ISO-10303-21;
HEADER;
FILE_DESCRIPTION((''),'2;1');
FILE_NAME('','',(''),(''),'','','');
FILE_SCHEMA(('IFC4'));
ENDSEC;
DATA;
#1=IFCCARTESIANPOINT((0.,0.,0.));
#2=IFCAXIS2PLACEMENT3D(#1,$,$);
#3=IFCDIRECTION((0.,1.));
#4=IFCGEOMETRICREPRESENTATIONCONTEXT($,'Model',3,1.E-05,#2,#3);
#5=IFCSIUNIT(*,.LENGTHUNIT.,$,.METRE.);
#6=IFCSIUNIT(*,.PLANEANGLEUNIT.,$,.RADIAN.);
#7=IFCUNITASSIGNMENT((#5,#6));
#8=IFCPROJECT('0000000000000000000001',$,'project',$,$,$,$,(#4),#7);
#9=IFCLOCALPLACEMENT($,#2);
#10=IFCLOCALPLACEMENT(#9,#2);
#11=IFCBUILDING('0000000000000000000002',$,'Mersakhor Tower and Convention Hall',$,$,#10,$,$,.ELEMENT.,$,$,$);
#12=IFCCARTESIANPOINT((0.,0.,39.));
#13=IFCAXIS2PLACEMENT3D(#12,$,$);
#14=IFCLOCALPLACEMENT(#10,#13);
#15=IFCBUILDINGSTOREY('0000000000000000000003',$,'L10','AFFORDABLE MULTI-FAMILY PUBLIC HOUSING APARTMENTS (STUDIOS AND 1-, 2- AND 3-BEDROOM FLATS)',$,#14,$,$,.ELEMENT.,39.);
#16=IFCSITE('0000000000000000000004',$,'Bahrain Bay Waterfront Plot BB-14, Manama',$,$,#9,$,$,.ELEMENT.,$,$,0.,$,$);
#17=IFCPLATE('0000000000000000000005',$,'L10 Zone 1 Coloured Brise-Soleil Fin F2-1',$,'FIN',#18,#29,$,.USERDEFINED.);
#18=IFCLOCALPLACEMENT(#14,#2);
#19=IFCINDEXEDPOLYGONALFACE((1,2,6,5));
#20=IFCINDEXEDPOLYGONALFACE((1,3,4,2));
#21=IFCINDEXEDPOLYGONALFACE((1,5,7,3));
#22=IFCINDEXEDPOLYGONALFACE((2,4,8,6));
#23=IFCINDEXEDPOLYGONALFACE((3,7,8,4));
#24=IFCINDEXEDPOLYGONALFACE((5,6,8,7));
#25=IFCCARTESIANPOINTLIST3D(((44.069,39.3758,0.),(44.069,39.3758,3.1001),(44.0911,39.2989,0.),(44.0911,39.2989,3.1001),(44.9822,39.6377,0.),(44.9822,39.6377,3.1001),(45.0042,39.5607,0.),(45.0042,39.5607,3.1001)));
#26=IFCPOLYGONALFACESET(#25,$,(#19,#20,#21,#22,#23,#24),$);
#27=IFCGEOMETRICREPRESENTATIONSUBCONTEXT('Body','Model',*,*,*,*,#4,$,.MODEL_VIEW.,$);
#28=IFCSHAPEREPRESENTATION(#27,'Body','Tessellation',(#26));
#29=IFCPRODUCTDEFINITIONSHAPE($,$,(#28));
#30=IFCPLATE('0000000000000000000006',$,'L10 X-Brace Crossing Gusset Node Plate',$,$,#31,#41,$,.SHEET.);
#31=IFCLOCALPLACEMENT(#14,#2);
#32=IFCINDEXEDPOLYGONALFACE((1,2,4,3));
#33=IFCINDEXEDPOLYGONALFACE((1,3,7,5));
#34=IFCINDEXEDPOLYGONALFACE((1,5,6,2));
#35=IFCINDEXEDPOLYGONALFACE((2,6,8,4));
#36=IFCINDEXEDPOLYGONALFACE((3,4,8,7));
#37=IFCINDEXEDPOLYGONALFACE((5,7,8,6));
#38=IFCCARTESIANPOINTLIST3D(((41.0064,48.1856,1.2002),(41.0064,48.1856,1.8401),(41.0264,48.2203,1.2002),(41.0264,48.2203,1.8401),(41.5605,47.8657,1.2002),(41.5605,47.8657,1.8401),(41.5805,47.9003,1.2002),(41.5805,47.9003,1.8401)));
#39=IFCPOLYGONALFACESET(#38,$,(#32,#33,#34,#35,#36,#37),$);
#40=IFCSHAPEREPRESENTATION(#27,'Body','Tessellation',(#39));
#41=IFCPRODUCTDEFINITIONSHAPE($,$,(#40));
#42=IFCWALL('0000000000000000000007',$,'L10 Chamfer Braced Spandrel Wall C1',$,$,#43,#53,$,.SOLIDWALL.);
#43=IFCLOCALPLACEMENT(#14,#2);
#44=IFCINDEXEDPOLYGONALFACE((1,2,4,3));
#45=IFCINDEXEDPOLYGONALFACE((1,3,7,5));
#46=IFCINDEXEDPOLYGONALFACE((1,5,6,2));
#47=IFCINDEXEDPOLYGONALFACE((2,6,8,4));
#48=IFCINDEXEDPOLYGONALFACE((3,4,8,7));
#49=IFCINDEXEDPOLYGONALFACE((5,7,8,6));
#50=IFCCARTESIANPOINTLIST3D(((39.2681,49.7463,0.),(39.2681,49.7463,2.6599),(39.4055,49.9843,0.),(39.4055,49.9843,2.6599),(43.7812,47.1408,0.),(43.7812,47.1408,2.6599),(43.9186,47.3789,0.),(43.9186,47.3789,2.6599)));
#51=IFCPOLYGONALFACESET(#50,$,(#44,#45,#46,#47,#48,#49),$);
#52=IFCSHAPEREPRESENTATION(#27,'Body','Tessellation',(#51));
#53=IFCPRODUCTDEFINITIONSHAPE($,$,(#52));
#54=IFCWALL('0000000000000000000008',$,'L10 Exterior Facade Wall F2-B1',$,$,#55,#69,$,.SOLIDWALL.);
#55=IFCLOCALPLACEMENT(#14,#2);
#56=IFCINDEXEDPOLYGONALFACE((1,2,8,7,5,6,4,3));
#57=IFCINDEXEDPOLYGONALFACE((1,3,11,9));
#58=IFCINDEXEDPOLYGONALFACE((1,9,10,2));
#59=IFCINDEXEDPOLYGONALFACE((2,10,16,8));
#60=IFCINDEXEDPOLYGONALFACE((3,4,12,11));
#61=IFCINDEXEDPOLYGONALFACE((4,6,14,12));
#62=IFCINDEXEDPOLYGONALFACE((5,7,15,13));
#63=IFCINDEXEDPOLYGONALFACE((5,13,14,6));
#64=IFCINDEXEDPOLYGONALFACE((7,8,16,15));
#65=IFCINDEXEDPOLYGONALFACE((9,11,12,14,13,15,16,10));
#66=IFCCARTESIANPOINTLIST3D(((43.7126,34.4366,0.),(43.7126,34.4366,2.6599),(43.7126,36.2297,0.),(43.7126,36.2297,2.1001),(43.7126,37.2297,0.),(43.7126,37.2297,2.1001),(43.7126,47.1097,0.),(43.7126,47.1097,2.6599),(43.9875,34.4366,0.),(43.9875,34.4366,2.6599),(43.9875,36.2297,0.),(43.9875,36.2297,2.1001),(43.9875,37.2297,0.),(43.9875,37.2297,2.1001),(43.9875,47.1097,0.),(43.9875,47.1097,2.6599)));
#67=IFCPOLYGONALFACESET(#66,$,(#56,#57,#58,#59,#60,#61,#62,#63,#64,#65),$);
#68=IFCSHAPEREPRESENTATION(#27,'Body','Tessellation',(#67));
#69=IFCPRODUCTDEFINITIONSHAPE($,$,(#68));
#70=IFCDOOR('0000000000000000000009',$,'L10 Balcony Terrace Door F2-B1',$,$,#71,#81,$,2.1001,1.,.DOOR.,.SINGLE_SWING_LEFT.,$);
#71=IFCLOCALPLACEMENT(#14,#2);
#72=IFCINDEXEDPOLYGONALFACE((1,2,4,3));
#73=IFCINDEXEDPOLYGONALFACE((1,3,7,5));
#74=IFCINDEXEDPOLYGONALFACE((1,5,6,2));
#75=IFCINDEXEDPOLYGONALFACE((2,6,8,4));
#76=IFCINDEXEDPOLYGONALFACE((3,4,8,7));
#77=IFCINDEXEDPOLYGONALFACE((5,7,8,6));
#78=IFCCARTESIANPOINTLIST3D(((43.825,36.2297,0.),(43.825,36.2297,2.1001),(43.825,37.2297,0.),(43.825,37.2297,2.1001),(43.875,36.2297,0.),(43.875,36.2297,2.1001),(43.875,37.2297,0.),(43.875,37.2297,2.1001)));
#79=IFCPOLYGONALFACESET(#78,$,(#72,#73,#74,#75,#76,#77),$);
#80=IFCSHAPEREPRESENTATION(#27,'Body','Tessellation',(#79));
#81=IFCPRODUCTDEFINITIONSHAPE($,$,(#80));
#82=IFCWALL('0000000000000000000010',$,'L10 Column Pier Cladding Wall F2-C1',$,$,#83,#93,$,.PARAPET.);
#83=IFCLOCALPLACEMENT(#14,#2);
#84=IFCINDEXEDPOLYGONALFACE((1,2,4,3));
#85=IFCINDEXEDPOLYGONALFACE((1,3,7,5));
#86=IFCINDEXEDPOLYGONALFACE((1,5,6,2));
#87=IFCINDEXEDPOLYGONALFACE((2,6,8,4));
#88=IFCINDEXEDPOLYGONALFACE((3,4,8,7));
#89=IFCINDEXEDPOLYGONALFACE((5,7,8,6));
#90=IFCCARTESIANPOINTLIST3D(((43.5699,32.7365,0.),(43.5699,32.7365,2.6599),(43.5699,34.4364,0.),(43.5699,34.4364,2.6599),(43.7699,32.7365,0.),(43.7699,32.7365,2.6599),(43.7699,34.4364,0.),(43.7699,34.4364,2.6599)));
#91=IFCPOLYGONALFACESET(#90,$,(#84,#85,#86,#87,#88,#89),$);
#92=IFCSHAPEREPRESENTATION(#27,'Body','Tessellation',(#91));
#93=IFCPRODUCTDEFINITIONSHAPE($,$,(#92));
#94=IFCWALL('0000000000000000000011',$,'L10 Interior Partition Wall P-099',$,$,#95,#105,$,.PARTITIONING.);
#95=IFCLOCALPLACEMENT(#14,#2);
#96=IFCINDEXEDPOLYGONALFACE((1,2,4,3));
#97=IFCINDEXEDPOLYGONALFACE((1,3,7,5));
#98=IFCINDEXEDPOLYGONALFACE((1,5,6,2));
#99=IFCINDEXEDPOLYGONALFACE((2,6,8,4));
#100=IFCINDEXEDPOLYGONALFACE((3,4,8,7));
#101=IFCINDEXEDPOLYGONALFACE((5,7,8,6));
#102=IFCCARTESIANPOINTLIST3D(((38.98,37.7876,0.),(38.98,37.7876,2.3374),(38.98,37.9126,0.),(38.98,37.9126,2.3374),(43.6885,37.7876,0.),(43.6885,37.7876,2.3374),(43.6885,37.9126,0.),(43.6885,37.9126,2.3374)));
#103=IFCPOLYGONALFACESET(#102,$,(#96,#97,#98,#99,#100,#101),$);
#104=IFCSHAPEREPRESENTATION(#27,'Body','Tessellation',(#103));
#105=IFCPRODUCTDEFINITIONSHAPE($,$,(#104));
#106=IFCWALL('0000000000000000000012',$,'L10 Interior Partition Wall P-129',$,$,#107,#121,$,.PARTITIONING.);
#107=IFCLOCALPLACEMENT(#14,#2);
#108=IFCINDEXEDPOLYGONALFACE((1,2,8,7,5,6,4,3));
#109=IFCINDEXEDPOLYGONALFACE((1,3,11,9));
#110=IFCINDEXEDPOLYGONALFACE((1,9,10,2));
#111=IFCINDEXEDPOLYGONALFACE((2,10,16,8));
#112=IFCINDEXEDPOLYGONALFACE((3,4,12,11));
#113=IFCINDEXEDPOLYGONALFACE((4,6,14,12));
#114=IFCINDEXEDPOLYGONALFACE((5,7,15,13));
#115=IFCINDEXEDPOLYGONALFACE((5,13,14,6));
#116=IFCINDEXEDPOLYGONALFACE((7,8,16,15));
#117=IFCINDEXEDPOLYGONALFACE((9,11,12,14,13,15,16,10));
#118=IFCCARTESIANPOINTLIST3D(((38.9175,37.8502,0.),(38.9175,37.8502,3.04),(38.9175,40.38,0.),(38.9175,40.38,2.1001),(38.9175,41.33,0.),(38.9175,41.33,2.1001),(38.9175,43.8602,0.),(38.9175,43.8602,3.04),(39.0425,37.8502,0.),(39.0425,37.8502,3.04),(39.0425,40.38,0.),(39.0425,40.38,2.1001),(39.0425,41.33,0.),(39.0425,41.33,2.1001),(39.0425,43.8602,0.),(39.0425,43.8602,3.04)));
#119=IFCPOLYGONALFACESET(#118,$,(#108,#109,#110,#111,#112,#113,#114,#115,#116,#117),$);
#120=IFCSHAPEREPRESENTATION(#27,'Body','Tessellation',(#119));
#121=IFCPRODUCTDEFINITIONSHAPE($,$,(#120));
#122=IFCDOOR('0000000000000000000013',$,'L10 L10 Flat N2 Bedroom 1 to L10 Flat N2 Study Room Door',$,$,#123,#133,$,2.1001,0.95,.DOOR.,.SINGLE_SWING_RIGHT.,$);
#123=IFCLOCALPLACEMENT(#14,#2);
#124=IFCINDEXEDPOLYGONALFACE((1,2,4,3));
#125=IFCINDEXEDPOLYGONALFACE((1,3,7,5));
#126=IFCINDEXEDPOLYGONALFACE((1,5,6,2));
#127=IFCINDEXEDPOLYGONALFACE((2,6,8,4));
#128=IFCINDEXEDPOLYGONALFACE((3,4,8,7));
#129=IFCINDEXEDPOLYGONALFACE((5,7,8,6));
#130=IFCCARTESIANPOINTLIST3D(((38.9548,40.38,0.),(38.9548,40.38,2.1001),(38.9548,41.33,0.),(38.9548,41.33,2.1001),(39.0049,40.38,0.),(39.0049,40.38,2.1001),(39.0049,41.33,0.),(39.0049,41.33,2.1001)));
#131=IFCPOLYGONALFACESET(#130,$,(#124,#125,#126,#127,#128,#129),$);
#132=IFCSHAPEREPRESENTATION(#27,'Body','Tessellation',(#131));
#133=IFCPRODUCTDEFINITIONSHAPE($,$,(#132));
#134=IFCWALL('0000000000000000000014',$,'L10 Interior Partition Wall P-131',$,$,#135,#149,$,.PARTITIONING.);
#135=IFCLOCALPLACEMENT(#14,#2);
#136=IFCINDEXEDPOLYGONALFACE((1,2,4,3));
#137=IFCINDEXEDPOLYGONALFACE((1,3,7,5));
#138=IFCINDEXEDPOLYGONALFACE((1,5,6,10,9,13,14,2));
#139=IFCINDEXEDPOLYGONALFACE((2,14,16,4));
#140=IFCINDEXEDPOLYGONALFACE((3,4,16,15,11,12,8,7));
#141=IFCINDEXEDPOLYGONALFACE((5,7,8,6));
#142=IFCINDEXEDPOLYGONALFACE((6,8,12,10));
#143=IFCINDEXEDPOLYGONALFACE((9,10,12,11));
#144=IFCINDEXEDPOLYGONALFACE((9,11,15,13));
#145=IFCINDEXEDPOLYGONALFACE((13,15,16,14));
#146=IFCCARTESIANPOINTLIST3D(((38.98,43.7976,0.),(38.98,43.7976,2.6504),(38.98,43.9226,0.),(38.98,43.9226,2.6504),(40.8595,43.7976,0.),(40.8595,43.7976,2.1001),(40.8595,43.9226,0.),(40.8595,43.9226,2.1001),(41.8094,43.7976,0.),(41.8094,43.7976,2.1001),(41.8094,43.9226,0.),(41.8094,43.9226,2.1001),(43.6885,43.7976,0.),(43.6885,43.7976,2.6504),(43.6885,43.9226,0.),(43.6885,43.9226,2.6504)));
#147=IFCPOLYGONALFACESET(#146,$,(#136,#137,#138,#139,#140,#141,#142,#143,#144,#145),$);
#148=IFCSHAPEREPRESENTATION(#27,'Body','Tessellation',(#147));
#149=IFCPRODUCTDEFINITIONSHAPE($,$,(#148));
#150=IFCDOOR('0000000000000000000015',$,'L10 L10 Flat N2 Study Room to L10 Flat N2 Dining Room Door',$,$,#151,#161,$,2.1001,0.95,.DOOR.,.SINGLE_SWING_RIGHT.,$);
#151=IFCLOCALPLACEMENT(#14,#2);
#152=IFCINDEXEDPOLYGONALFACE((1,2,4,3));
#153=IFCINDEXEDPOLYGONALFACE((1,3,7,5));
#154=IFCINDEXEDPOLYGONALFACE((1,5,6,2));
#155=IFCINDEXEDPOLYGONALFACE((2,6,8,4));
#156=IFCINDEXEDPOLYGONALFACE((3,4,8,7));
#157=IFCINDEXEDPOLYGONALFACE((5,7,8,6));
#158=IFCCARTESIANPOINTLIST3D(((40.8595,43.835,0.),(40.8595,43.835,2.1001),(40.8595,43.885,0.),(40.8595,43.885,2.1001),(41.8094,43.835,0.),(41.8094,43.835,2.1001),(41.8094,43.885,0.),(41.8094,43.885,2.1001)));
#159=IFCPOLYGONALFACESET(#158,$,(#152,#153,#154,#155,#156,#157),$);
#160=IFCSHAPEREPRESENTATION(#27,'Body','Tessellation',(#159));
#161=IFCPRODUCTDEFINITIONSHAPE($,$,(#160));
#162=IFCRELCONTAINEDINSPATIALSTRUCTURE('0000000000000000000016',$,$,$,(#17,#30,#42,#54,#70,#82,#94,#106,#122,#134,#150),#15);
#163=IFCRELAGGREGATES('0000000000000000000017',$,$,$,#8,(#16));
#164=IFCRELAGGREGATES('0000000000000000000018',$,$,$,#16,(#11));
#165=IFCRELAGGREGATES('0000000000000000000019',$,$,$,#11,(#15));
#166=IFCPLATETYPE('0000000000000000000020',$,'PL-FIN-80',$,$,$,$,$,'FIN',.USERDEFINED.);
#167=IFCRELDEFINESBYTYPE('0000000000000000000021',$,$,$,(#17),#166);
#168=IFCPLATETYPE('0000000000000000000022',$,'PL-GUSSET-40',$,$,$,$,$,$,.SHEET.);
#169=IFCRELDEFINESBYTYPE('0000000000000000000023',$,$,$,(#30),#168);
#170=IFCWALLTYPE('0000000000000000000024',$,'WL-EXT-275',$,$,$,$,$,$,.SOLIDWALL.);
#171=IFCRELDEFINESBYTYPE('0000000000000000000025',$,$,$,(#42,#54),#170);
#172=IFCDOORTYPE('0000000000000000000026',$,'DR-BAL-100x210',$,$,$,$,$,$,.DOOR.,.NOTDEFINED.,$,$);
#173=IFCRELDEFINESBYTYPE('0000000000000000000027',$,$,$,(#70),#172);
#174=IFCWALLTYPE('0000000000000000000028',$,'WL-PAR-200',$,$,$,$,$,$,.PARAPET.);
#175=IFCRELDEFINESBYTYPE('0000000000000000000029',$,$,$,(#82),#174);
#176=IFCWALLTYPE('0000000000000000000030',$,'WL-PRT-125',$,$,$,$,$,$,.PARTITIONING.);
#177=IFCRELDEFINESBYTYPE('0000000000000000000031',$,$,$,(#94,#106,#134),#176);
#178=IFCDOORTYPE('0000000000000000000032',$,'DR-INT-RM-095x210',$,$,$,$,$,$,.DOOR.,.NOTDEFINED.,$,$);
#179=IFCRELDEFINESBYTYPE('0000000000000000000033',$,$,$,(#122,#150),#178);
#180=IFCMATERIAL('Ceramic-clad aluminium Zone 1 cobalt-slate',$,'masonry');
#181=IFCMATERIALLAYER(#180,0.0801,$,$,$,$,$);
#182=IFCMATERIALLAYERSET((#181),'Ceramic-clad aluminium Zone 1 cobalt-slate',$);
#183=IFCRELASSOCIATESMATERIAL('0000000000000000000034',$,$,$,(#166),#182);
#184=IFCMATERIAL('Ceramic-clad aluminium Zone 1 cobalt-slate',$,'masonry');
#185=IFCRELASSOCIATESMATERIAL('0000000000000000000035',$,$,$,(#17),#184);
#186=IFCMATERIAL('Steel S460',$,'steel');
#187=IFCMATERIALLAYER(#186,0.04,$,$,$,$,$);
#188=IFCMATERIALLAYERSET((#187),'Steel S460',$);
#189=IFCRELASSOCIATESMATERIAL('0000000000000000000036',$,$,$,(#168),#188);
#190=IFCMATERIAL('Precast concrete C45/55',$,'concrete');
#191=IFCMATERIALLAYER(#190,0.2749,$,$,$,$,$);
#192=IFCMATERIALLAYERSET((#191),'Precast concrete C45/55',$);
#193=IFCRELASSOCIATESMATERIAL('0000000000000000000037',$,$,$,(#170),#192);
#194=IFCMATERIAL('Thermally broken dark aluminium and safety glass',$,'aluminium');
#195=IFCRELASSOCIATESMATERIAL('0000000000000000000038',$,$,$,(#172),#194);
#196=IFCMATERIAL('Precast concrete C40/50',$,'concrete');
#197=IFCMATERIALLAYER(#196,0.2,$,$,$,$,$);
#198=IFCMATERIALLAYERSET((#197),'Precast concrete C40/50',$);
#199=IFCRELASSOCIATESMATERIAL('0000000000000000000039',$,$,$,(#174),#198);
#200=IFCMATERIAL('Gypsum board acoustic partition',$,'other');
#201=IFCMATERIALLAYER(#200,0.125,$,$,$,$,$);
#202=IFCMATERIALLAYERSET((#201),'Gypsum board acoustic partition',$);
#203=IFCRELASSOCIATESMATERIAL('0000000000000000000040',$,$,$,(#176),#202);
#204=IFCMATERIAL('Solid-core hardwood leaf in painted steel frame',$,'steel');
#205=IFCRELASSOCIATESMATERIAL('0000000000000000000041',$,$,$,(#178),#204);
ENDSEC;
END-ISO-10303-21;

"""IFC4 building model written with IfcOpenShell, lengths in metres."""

from ifc_helpers import new_model, si_unit, direction, frame, frame_2d, origin, origin_2d, place, context, subcontext, project, spatial, rectangle, extrude, material, layer, layer_set, type_object, element, fill, save


model = new_model("IFC4")

# Units and contexts
model_context = context("Model", 3, precision=1e-05, world=origin(), true_north=direction((0.0, 1.0)))
body_context = subcontext(model_context, "Body", "Model", "MODEL_VIEW")
ifc_project = project(units=[si_unit("LENGTHUNIT", "METRE"), si_unit("PLANEANGLEUNIT", "RADIAN")], contexts=[model_context])

# Site, building, storey
site_placement = place(None, origin())
site = spatial("IfcSite", under=ifc_project, at=site_placement, Name="Bahrain Bay Waterfront Plot BB-14, Manama", CompositionType="ELEMENT", RefElevation=0.0)
building_placement = place(site_placement, origin())
building = spatial("IfcBuilding", under=site, at=building_placement, Name="Mersakhor Tower and Convention Hall", CompositionType="ELEMENT")
storey_placement = place(building_placement, frame((0.0, 0.0, 39.0)))
storey = spatial("IfcBuildingStorey", under=building, at=storey_placement, Name="L10", Description="AFFORDABLE MULTI-FAMILY PUBLIC HOUSING APARTMENTS (STUDIOS AND 1-, 2- AND 3-BEDROOM FLATS)", CompositionType="ELEMENT", Elevation=39.0)

# Plates
ifc_material_1 = material(Name="Ceramic-clad aluminium Zone 1 cobalt-slate", Category="masonry")
ifc_material_2 = material(Name="Ceramic-clad aluminium Zone 1 cobalt-slate", Category="masonry")
ifc_layer_1 = layer(ifc_material_2, 0.0801)
ifc_layer_set_1 = layer_set([ifc_layer_1], Name="Ceramic-clad aluminium Zone 1 cobalt-slate")
plate_type_1 = type_object("IfcPlateType", Name="PL-FIN-80", ElementType="FIN", PredefinedType="USERDEFINED", material=ifc_layer_set_1)
plate_1_placement = place(storey_placement, frame((44.5366, 39.4683, 0.0), z_axis=(0.0, 0.0, 1.0), x_axis=(0.961262, 0.275637, 0.0)))
element("IfcPlate", 1, at=plate_1_placement, inside=storey, type_object=plate_type_1, material=ifc_material_1, Name="L10 Zone 1 Coloured Brise-Soleil Fin F2-1", ObjectType="FIN", PredefinedType="USERDEFINED", context=body_context, shape_type="SweptSolid", body=[
    extrude(rectangle(XDim=0.95, YDim=0.0801, at=origin_2d()), origin(), (0.0, 0.0, 1.0), 3.1001),
])
ifc_material_3 = material(Name="Steel S460", Category="steel")
ifc_layer_2 = layer(ifc_material_3, 0.04)
ifc_layer_set_2 = layer_set([ifc_layer_2], Name="Steel S460")
plate_type_2 = type_object("IfcPlateType", Name="PL-GUSSET-40", PredefinedType="SHEET", material=ifc_layer_set_2)
plate_2_placement = place(storey_placement, frame((41.2935, 48.043, 1.2002), z_axis=(0.0, 0.0, 1.0), x_axis=(-0.866025, 0.5, 0.0)))
element("IfcPlate", 2, at=plate_2_placement, inside=storey, type_object=plate_type_2, Name="L10 X-Brace Crossing Gusset Node Plate", PredefinedType="SHEET", context=body_context, shape_type="SweptSolid", body=[
    extrude(rectangle(XDim=0.6399, YDim=0.04, at=origin_2d()), origin(), (0.0, 0.0, 1.0), 0.6399),
])

# Wall
ifc_material_4 = material(Name="Precast concrete C45/55", Category="concrete")
ifc_layer_3 = layer(ifc_material_4, 0.2749)
ifc_layer_set_3 = layer_set([ifc_layer_3], Name="Precast concrete C45/55")
wall_type_1 = type_object("IfcWallType", Name="WL-EXT-275", PredefinedType="SOLIDWALL", material=ifc_layer_set_3)
wall_1_placement = place(storey_placement, frame((39.3369, 49.8652, 0.0), z_axis=(0.0, 0.0, 1.0), x_axis=(0.866044, -0.499968, 0.0)))
element("IfcWall", 3, at=wall_1_placement, inside=storey, type_object=wall_type_1, Name="L10 Chamfer Braced Spandrel Wall C1", PredefinedType="SOLIDWALL", context=body_context, shape_type="SweptSolid", body=[
    extrude(rectangle(XDim=5.2112, YDim=0.2749, at=frame_2d((2.6055, 0.0))), origin(), (0.0, 0.0, 1.0), 2.6599),
])

# Wall, opening, door
wall_2_placement = place(storey_placement, frame((43.8501, 47.1096, 0.0), z_axis=(0.0, 0.0, 1.0), x_axis=(0.0, -1.0, 0.0)))
wall_2 = element("IfcWall", 4, at=wall_2_placement, inside=storey, type_object=wall_type_1, Name="L10 Exterior Facade Wall F2-B1", PredefinedType="SOLIDWALL", context=body_context, shape_type="SweptSolid", body=[
    extrude(rectangle(XDim=12.6731, YDim=0.2749, at=frame_2d((6.3364, 0.0))), origin(), (0.0, 0.0, 1.0), 2.6599),
])
opening_1_placement = place(wall_2_placement, frame((9.8799, 0.0, 0.0)))
opening_1 = element("IfcOpeningElement", 5, at=opening_1_placement, cuts=wall_2, PredefinedType="OPENING", context=body_context, shape_type="SweptSolid", body=[
    extrude(rectangle(XDim=1.0, YDim=2.1001, at=frame_2d((0.5, 1.05))), frame((0.0, 0.1475, 0.0), z_axis=(0.0, -1.0, 0.0), x_axis=(1.0, 0.0, 0.0)), (0.0, 0.0, 1.0), 0.2949),
])
ifc_material_5 = material(Name="Thermally broken dark aluminium and safety glass", Category="aluminium")
door_type_1 = type_object("IfcDoorType", Name="DR-BAL-100x210", OperationType="NOTDEFINED", PredefinedType="DOOR", material=ifc_material_5)
door_1_placement = place(opening_1_placement, origin())
door_1 = element("IfcDoor", 6, at=door_1_placement, inside=storey, type_object=door_type_1, Name="L10 Balcony Terrace Door F2-B1", OperationType="SINGLE_SWING_LEFT", OverallHeight=2.1001, OverallWidth=1.0, PredefinedType="DOOR", context=body_context, shape_type="SweptSolid", body=[
    extrude(rectangle(XDim=1.0, YDim=2.1001, at=frame_2d((0.5, 1.05))), frame((0.0, 0.0249, 0.0), z_axis=(0.0, -1.0, 0.0), x_axis=(1.0, 0.0, 0.0)), (0.0, 0.0, 1.0), 0.05),
])
fill(opening_1, door_1)

# Walls
ifc_material_6 = material(Name="Precast concrete C40/50", Category="concrete")
ifc_layer_4 = layer(ifc_material_6, 0.2)
ifc_layer_set_4 = layer_set([ifc_layer_4], Name="Precast concrete C40/50")
wall_type_2 = type_object("IfcWallType", Name="WL-PAR-200", PredefinedType="PARAPET", material=ifc_layer_set_4)
wall_3_placement = place(storey_placement, frame((43.6699, 34.4365, 0.0), z_axis=(0.0, 0.0, 1.0), x_axis=(0.0, -1.0, 0.0)))
element("IfcWall", 7, at=wall_3_placement, inside=storey, type_object=wall_type_2, Name="L10 Column Pier Cladding Wall F2-C1", PredefinedType="PARAPET", context=body_context, shape_type="SweptSolid", body=[
    extrude(rectangle(XDim=1.7, YDim=0.2, at=frame_2d((0.8501, 0.0))), origin(), (0.0, 0.0, 1.0), 2.6599),
])
ifc_material_7 = material(Name="Gypsum board acoustic partition", Category="other")
ifc_layer_5 = layer(ifc_material_7, 0.125)
ifc_layer_set_5 = layer_set([ifc_layer_5], Name="Gypsum board acoustic partition")
wall_type_3 = type_object("IfcWallType", Name="WL-PRT-125", PredefinedType="PARTITIONING", material=ifc_layer_set_5)
wall_4_placement = place(storey_placement, frame((38.98, 37.8501, 0.0), z_axis=(0.0, 0.0, 1.0), x_axis=(1.0, 0.0, 0.0)))
element("IfcWall", 8, at=wall_4_placement, inside=storey, type_object=wall_type_3, Name="L10 Interior Partition Wall P-099", PredefinedType="PARTITIONING", context=body_context, shape_type="SweptSolid", body=[
    extrude(rectangle(XDim=4.7085, YDim=0.125, at=frame_2d((2.3542, 0.0))), origin(), (0.0, 0.0, 1.0), 2.3374),
])

# Walls, openings, doors
wall_5_placement = place(storey_placement, frame((38.98, 43.8601, 0.0), z_axis=(0.0, 0.0, 1.0), x_axis=(0.0, -1.0, 0.0)))
wall_5 = element("IfcWall", 9, at=wall_5_placement, inside=storey, type_object=wall_type_3, Name="L10 Interior Partition Wall P-129", PredefinedType="PARTITIONING", context=body_context, shape_type="SweptSolid", body=[
    extrude(rectangle(XDim=6.01, YDim=0.125, at=frame_2d((3.0049, 0.0))), origin(), (0.0, 0.0, 1.0), 3.04),
])
opening_2_placement = place(wall_5_placement, frame((2.53, 0.0, 0.0)))
opening_2 = element("IfcOpeningElement", 10, at=opening_2_placement, cuts=wall_5, PredefinedType="OPENING", context=body_context, shape_type="SweptSolid", body=[
    extrude(rectangle(XDim=0.95, YDim=2.1001, at=frame_2d((0.4751, 1.05))), frame((0.0, 0.0725, 0.0), z_axis=(0.0, -1.0, 0.0), x_axis=(1.0, 0.0, 0.0)), (0.0, 0.0, 1.0), 0.145),
])
ifc_material_8 = material(Name="Solid-core hardwood leaf in painted steel frame", Category="steel")
door_type_2 = type_object("IfcDoorType", Name="DR-INT-RM-095x210", OperationType="NOTDEFINED", PredefinedType="DOOR", material=ifc_material_8)
door_2_placement = place(opening_2_placement, origin())
door_2 = element("IfcDoor", 11, at=door_2_placement, inside=storey, type_object=door_type_2, Name="L10 L10 Flat N2 Bedroom 1 to L10 Flat N2 Study Room Door", OperationType="SINGLE_SWING_RIGHT", OverallHeight=2.1001, OverallWidth=0.95, PredefinedType="DOOR", context=body_context, shape_type="SweptSolid", body=[
    extrude(rectangle(XDim=0.95, YDim=2.1001, at=frame_2d((0.4751, 1.05))), frame((0.0, 0.0249, 0.0), z_axis=(0.0, -1.0, 0.0), x_axis=(1.0, 0.0, 0.0)), (0.0, 0.0, 1.0), 0.05),
])
fill(opening_2, door_2)
wall_6_placement = place(storey_placement, frame((38.98, 43.8601, 0.0), z_axis=(0.0, 0.0, 1.0), x_axis=(1.0, 0.0, 0.0)))
wall_6 = element("IfcWall", 12, at=wall_6_placement, inside=storey, type_object=wall_type_3, Name="L10 Interior Partition Wall P-131", PredefinedType="PARTITIONING", context=body_context, shape_type="SweptSolid", body=[
    extrude(rectangle(XDim=4.7085, YDim=0.125, at=frame_2d((2.3542, 0.0))), origin(), (0.0, 0.0, 1.0), 2.6504),
])
opening_3_placement = place(wall_6_placement, frame((1.8794, 0.0, 0.0)))
opening_3 = element("IfcOpeningElement", 13, at=opening_3_placement, cuts=wall_6, PredefinedType="OPENING", context=body_context, shape_type="SweptSolid", body=[
    extrude(rectangle(XDim=0.95, YDim=2.1001, at=frame_2d((0.4751, 1.05))), frame((0.0, 0.0725, 0.0), z_axis=(0.0, -1.0, 0.0), x_axis=(1.0, 0.0, 0.0)), (0.0, 0.0, 1.0), 0.145),
])
door_3_placement = place(opening_3_placement, origin())
door_3 = element("IfcDoor", 14, at=door_3_placement, inside=storey, type_object=door_type_2, Name="L10 L10 Flat N2 Study Room to L10 Flat N2 Dining Room Door", OperationType="SINGLE_SWING_RIGHT", OverallHeight=2.1001, OverallWidth=0.95, PredefinedType="DOOR", context=body_context, shape_type="SweptSolid", body=[
    extrude(rectangle(XDim=0.95, YDim=2.1001, at=frame_2d((0.4751, 1.05))), frame((0.0, 0.0249, 0.0), z_axis=(0.0, -1.0, 0.0), x_axis=(1.0, 0.0, 0.0)), (0.0, 0.0, 1.0), 0.05),
])
fill(opening_3, door_3)

save(model, "model.ifc")
